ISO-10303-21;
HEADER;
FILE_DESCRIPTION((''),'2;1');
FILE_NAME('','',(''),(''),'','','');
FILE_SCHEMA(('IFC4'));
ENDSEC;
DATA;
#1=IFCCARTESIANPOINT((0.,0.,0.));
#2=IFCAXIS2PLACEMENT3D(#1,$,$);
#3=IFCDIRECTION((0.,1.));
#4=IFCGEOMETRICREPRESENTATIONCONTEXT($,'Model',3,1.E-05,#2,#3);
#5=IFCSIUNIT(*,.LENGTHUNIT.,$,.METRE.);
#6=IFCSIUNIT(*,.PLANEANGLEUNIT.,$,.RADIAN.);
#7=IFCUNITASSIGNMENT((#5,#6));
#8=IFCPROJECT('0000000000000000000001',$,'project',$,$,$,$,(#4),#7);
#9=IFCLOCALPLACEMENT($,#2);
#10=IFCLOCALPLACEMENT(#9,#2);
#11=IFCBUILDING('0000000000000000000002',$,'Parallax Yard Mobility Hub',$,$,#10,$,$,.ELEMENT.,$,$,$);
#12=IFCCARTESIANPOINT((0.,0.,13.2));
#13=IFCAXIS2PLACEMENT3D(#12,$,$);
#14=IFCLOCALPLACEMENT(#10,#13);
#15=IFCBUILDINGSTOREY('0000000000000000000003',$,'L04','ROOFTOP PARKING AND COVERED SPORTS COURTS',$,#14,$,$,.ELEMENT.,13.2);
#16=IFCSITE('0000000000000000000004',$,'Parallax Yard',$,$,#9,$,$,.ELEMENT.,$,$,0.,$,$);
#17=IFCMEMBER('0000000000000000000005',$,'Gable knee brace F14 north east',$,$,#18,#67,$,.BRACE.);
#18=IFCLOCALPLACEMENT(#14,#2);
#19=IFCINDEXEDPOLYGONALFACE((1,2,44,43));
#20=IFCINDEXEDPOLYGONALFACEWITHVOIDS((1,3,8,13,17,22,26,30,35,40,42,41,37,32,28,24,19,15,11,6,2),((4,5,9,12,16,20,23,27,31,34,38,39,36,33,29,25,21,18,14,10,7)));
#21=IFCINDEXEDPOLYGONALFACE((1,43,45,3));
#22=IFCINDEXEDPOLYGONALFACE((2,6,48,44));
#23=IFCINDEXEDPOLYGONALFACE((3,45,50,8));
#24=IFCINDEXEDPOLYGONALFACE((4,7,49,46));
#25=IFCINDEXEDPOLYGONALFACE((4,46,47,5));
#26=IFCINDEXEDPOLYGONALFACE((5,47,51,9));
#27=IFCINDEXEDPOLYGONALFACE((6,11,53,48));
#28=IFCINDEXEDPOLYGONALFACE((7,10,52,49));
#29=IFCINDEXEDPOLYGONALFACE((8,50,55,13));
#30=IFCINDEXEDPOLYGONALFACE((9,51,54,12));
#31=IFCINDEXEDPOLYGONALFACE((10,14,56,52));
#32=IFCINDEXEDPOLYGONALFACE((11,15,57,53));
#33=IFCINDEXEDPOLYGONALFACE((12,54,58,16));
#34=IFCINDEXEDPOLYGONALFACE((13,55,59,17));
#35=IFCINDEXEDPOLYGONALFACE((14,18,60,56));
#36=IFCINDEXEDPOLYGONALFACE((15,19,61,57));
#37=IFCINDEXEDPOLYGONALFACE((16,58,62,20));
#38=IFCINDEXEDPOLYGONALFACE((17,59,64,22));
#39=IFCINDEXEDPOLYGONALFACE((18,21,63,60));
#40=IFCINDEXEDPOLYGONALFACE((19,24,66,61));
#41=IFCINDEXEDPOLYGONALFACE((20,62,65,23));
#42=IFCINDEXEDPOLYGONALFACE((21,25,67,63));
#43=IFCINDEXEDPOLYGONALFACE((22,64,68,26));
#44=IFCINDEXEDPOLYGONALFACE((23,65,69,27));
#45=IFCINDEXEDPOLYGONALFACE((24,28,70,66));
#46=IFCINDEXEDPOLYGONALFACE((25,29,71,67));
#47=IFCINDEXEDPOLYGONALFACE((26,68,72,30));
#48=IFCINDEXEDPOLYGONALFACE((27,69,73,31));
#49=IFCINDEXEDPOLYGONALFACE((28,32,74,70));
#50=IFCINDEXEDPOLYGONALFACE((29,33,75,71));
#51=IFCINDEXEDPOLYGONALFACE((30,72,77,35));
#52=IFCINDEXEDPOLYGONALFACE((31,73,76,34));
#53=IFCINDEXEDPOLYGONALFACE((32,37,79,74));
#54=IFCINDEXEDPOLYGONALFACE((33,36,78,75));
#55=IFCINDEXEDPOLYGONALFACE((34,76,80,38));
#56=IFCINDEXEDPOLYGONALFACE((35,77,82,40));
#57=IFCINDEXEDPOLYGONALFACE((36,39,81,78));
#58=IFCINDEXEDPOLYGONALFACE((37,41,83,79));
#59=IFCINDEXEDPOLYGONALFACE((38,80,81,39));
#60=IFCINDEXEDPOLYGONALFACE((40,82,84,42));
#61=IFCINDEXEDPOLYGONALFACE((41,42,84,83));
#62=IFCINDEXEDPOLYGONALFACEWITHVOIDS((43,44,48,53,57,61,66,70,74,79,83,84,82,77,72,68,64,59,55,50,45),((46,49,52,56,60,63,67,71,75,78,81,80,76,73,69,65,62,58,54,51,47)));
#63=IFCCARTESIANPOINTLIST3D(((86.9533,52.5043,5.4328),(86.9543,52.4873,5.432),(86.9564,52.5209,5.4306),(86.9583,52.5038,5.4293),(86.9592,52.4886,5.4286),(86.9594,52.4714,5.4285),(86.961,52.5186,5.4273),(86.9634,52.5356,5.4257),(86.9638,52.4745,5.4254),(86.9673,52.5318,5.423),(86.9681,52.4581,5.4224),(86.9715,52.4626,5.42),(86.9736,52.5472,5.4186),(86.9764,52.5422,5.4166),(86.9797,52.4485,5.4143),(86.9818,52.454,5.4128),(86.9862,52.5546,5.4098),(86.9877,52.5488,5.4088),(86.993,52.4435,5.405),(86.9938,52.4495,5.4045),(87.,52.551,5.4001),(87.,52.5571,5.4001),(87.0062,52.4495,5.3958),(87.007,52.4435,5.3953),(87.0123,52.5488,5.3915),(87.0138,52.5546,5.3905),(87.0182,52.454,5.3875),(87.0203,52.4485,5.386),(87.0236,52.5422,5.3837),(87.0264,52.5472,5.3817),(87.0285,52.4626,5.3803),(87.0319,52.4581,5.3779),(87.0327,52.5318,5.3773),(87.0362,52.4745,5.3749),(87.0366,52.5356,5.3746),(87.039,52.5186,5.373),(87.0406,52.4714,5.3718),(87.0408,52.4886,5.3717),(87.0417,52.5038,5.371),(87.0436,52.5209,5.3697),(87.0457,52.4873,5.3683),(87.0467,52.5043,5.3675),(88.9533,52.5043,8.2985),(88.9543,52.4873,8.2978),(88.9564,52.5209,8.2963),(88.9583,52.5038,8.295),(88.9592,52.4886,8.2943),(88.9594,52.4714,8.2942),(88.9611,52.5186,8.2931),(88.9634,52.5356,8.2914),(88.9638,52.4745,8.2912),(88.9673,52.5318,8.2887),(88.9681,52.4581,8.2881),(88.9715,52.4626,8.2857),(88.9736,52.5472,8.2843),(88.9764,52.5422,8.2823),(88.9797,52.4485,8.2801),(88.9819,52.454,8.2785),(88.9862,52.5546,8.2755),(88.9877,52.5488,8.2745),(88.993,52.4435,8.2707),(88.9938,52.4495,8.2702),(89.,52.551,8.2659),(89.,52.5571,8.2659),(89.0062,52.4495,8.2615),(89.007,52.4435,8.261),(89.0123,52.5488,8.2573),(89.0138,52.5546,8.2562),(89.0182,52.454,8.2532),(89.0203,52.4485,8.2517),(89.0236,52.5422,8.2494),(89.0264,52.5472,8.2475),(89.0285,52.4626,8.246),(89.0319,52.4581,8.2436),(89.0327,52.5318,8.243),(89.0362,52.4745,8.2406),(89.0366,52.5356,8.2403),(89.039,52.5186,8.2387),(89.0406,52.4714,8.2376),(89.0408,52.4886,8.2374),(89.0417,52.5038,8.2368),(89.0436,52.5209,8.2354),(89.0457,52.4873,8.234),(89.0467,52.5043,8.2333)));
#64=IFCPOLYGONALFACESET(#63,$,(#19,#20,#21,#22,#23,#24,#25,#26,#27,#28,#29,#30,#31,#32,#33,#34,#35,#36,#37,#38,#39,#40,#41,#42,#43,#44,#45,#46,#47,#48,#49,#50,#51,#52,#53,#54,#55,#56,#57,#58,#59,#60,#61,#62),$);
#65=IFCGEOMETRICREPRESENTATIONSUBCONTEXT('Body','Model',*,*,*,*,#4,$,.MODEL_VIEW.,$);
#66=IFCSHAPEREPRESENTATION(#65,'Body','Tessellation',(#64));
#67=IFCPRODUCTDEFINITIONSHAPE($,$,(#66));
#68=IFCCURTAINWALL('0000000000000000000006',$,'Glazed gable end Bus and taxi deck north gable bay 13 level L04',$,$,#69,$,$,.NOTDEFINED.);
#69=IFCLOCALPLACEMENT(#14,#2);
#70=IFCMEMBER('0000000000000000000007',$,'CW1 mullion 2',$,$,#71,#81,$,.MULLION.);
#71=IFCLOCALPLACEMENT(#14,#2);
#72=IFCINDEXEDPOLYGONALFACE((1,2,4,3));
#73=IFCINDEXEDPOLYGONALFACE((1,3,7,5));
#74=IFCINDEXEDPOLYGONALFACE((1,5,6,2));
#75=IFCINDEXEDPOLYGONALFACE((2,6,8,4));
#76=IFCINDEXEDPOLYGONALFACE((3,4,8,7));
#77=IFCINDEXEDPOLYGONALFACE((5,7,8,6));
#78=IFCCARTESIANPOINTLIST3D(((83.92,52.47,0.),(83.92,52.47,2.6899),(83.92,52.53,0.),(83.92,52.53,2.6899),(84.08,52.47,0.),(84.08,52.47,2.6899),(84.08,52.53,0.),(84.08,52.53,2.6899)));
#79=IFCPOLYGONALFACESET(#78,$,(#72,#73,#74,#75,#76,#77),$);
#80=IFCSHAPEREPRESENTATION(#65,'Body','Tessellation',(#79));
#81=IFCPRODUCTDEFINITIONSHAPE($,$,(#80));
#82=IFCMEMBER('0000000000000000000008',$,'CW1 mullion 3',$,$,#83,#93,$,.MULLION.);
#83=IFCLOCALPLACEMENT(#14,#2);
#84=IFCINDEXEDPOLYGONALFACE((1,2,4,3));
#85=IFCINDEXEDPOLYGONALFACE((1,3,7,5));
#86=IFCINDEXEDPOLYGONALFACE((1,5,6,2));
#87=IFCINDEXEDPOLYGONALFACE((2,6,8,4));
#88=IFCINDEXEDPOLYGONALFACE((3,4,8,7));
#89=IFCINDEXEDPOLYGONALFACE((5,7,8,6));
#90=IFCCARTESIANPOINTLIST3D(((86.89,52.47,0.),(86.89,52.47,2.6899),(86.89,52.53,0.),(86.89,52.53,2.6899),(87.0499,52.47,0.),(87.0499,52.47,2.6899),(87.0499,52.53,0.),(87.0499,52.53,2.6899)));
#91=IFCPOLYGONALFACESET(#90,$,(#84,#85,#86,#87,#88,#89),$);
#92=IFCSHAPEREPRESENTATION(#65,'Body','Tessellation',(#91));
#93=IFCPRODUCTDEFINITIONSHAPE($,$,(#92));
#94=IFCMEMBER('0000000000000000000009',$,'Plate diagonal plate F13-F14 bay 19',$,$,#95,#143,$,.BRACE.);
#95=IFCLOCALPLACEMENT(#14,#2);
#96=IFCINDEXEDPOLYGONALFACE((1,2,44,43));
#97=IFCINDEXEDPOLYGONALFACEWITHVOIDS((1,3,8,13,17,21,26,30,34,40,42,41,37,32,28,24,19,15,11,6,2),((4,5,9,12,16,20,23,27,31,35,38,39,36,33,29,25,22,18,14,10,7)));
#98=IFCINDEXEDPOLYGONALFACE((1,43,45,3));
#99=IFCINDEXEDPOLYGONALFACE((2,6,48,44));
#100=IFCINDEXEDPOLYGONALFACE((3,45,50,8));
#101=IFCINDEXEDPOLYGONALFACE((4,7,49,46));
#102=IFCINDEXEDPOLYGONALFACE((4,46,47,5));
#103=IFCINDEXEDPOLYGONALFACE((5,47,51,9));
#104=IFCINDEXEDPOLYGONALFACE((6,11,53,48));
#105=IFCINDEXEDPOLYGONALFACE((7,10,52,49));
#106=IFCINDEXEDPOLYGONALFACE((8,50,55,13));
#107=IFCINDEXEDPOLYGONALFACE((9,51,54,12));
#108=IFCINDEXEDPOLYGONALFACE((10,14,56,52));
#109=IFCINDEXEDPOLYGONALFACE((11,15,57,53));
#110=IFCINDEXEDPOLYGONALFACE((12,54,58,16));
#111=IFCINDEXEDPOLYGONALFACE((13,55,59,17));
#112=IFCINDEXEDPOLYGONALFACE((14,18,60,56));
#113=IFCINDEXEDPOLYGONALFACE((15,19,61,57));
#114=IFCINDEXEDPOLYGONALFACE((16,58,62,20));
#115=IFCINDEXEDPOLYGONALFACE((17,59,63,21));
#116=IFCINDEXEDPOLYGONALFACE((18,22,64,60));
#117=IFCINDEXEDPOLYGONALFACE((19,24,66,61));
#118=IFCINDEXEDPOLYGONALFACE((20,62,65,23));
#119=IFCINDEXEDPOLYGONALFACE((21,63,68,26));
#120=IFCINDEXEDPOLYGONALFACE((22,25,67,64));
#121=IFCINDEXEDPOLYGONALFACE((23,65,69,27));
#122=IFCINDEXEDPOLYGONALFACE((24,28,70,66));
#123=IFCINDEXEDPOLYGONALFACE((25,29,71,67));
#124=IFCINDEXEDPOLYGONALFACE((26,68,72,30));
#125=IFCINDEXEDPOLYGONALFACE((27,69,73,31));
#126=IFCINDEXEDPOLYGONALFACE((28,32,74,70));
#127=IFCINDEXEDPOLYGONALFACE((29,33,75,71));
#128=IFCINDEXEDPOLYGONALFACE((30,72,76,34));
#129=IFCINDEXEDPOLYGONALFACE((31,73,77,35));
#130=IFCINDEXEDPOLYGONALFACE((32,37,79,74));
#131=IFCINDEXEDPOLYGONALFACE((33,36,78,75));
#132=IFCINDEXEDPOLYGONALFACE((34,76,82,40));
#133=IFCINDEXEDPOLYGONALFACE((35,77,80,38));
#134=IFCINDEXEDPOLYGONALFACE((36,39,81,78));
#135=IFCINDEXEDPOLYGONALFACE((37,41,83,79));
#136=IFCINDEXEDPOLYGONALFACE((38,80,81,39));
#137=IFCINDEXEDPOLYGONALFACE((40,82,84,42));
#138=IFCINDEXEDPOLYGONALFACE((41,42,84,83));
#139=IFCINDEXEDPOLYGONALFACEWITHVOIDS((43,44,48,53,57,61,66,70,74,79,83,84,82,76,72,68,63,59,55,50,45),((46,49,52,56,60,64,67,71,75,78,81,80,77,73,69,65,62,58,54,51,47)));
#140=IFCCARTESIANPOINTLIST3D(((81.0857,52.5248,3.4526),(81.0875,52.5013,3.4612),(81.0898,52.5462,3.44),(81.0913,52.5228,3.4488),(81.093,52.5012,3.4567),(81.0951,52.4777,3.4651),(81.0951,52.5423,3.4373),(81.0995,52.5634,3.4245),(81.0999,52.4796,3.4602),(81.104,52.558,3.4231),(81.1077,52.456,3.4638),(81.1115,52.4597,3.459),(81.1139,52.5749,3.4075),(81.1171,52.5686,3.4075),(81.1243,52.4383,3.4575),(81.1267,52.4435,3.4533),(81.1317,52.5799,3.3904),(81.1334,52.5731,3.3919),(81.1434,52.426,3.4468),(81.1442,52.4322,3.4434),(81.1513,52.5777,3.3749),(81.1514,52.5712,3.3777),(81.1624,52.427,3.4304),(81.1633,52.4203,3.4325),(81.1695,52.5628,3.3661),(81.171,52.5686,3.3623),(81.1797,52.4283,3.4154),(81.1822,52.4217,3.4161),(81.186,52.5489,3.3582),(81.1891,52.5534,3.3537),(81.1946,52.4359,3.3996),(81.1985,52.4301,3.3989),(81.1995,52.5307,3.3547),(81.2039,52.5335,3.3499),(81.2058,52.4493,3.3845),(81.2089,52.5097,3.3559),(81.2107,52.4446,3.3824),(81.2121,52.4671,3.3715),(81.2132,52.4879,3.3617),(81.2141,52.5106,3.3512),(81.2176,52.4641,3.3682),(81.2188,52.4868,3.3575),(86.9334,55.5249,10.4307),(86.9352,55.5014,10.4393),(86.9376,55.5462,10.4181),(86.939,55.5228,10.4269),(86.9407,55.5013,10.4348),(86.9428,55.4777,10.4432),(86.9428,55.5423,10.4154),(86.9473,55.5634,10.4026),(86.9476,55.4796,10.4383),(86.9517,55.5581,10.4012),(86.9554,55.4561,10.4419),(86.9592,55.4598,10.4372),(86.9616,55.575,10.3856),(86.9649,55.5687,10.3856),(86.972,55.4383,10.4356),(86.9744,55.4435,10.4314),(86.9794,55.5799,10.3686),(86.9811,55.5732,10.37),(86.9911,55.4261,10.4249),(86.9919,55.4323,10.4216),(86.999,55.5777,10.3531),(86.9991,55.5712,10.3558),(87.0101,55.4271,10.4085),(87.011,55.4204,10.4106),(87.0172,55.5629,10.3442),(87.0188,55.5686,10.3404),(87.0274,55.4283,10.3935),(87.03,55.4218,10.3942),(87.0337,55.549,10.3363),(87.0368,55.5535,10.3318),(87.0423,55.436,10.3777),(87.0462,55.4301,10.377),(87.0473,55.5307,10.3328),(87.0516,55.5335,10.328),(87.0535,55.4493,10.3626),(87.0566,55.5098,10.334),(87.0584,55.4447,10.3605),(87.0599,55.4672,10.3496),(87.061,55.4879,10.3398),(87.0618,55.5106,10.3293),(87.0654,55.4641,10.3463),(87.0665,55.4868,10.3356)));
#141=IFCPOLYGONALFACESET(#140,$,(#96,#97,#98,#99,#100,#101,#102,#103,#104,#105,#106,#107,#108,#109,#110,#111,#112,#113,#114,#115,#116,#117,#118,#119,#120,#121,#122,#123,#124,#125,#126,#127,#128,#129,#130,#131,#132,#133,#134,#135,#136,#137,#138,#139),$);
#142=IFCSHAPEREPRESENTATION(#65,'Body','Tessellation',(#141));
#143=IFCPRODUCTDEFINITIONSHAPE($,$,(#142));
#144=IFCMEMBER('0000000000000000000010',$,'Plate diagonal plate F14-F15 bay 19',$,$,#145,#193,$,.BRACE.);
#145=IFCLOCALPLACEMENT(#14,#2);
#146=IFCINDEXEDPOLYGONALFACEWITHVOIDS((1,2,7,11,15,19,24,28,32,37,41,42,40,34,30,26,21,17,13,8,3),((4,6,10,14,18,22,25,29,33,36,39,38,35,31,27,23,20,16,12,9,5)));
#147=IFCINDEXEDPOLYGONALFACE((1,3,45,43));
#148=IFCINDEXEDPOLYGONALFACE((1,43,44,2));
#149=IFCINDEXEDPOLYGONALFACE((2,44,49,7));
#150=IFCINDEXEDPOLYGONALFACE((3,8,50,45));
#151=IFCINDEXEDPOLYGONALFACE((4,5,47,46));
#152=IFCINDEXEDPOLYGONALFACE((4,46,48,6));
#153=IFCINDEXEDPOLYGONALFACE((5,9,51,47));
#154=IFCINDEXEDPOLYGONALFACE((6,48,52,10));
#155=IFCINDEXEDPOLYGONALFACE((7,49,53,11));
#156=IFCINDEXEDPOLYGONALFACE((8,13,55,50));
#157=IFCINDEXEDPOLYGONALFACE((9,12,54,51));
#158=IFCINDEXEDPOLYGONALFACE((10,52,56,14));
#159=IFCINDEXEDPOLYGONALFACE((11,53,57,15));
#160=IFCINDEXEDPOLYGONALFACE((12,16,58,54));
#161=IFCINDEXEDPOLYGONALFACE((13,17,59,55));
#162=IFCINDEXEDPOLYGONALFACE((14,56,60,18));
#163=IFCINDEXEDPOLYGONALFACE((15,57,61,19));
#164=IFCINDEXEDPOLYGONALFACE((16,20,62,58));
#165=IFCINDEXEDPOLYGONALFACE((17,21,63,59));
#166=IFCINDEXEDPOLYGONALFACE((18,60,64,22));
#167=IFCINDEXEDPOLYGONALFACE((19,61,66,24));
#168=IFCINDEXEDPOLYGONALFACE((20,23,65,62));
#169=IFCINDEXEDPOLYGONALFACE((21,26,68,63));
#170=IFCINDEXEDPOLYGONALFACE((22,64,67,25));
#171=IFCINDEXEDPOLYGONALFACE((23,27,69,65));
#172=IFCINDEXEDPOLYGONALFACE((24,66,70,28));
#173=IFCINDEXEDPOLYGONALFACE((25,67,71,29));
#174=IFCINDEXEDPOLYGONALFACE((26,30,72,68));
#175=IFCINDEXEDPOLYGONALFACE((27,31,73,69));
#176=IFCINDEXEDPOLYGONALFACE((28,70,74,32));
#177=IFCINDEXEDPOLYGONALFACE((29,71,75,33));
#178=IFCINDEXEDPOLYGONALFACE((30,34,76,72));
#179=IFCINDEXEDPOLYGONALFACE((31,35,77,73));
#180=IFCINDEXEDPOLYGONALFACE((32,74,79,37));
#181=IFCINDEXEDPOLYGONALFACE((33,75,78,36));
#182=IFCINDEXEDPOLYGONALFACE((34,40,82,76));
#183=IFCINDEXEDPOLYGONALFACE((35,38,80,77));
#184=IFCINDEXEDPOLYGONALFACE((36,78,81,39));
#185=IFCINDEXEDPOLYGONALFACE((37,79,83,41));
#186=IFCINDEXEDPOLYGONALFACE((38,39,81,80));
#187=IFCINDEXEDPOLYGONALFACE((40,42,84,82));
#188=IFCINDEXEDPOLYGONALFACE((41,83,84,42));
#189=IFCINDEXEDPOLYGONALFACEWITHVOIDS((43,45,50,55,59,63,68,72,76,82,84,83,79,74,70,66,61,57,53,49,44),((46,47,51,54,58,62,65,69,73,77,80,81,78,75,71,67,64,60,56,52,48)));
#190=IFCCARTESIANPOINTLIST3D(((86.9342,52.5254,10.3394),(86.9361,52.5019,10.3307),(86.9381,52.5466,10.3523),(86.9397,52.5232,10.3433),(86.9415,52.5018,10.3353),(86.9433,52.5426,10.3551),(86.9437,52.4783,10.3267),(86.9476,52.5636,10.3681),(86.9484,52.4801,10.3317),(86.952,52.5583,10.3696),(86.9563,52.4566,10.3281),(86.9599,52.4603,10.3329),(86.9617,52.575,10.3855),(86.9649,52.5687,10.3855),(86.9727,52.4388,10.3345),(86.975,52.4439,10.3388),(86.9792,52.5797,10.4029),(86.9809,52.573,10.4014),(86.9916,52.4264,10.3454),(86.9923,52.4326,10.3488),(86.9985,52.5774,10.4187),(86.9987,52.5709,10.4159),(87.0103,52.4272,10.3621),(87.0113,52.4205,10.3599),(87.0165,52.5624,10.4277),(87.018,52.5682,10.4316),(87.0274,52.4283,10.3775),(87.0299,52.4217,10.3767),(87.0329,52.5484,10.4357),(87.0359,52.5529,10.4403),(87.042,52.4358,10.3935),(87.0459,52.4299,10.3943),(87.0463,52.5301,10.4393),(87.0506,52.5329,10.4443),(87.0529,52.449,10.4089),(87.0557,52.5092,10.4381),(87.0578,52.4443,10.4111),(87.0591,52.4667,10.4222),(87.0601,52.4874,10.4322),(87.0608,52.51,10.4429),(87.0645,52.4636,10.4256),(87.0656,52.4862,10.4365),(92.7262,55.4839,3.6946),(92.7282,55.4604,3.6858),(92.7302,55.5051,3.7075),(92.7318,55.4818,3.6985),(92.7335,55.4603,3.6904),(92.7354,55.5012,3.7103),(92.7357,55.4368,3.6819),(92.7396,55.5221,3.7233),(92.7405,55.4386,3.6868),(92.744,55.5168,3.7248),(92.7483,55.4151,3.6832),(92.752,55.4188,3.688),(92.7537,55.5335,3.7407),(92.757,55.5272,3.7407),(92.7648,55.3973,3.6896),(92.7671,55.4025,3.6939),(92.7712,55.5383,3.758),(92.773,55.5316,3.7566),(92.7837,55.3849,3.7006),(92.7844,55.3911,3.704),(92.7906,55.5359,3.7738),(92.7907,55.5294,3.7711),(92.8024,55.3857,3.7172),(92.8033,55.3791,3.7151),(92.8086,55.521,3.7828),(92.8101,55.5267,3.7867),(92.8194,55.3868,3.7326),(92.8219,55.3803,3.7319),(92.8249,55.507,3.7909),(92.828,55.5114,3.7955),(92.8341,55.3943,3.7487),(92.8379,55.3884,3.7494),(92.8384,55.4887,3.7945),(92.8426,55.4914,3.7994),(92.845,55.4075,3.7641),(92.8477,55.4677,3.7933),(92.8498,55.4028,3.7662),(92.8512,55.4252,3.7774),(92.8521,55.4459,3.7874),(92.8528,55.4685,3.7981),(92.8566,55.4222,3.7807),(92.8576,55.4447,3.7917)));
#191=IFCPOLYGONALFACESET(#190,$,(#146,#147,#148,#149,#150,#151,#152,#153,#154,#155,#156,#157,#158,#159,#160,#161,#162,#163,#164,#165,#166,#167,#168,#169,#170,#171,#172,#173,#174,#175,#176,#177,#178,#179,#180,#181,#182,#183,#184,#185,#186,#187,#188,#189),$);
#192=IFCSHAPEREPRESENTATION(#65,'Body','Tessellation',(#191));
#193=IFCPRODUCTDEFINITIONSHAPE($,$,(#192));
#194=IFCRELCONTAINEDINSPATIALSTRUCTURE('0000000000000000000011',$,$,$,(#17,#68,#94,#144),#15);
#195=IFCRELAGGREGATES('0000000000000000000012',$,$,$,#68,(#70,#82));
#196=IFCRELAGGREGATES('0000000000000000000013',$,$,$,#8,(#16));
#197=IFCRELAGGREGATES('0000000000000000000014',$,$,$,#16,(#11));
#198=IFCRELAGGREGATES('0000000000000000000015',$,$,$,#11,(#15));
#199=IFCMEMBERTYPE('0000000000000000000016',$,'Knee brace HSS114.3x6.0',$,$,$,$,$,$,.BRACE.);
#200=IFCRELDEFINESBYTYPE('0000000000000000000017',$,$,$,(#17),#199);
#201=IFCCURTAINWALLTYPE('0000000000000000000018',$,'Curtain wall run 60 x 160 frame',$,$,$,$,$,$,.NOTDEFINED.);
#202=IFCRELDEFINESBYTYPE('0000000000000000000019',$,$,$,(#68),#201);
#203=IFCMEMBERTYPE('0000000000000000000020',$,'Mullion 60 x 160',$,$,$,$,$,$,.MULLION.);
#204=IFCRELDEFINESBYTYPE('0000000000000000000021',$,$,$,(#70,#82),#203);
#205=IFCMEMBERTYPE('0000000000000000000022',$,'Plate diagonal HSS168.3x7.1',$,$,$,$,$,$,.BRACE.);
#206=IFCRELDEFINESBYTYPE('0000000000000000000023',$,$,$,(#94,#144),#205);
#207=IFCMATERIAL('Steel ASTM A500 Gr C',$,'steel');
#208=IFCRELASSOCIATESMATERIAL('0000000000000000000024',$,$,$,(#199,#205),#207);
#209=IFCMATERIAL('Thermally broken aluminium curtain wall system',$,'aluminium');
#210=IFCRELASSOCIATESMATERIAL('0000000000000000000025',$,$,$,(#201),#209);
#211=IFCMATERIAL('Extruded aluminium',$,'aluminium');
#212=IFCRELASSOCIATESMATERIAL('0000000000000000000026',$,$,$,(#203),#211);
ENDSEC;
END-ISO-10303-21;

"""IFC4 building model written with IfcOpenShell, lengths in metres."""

from ifc_helpers import new_model, si_unit, direction, frame, origin, origin_2d, place, context, subcontext, project, spatial, rectangle, hollow_circle, extrude, material, material_profile, profile_set, type_object, element, aggregate, save


model = new_model("IFC4")

# Units and contexts
model_context = context("Model", 3, precision=1e-05, world=origin(), true_north=direction((0.0, 1.0)))
body_context = subcontext(model_context, "Body", "Model", "MODEL_VIEW")
ifc_project = project(units=[si_unit("LENGTHUNIT", "METRE"), si_unit("PLANEANGLEUNIT", "RADIAN")], contexts=[model_context])

# Site, building, storey
site_placement = place(None, origin())
site = spatial("IfcSite", under=ifc_project, at=site_placement, Name="Parallax Yard", CompositionType="ELEMENT", RefElevation=0.0)
building_placement = place(site_placement, origin())
building = spatial("IfcBuilding", under=site, at=building_placement, Name="Parallax Yard Mobility Hub", CompositionType="ELEMENT")
storey_placement = place(building_placement, frame((0.0, 0.0, 13.2)))
storey = spatial("IfcBuildingStorey", under=building, at=storey_placement, Name="L04", Description="ROOFTOP PARKING AND COVERED SPORTS COURTS", CompositionType="ELEMENT", Elevation=13.2)

# Member
ifc_material_1 = material(Name="Steel ASTM A500 Gr C", Category="steel")
ifc_material_profile_1 = material_profile(ifc_material_1, hollow_circle(Radius=0.0571, WallThickness=0.0061, at=origin_2d()), Name="HSS114.3x6.0")
ifc_profile_set_1 = profile_set([ifc_material_profile_1], Name="Steel ASTM A500 Gr C")
member_type_1 = type_object("IfcMemberType", Name="Knee brace HSS114.3x6.0", PredefinedType="BRACE", material=ifc_profile_set_1)
for number, where, z_axis, x_axis, name in (
    (1, (87.0, 52.5, 5.4001), (0.572308, 0.0, 0.820039), (0.0, 1.0, 0.0), "Gable knee brace F14 north east"),
):
    element("IfcMember", number, at=place(storey_placement, frame(where, z_axis=z_axis, x_axis=x_axis)), inside=storey, type_object=member_type_1, Name=name, PredefinedType="BRACE", context=body_context, shape_type="SweptSolid", body=[
        extrude(hollow_circle(Radius=0.0571, WallThickness=0.0061, at=origin_2d()), origin(), (0.0, 0.0, 1.0), 3.4946),
    ])

# Curtain wall, members
ifc_material_2 = material(Name="Thermally broken aluminium curtain wall system", Category="aluminium")
curtain_wall_type = type_object("IfcCurtainWallType", Name="Curtain wall run 60 x 160 frame", PredefinedType="NOTDEFINED", material=ifc_material_2)
curtain_wall_placement = place(storey_placement, origin())
curtain_wall = element("IfcCurtainWall", 2, at=curtain_wall_placement, inside=storey, type_object=curtain_wall_type, Name="Glazed gable end Bus and taxi deck north gable bay 13 level L04", PredefinedType="NOTDEFINED")
ifc_material_3 = material(Name="Extruded aluminium", Category="aluminium")
ifc_material_profile_2 = material_profile(ifc_material_3, rectangle(XDim=0.0601, YDim=0.1599, at=origin_2d()), Name="Mullion 60 x 160")
ifc_profile_set_2 = profile_set([ifc_material_profile_2], Name="Extruded aluminium")
member_type_2 = type_object("IfcMemberType", Name="Mullion 60 x 160", PredefinedType="MULLION", material=ifc_profile_set_2)
member_1_placement = place(storey_placement, frame((84.0, 52.5, 0.0), z_axis=(0.0, 0.0, 1.0), x_axis=(0.0, 1.0, 0.0)))
member_1 = element("IfcMember", 3, at=member_1_placement, type_object=member_type_2, Name="CW1 mullion 2", PredefinedType="MULLION", context=body_context, shape_type="SweptSolid", body=[
    extrude(rectangle(XDim=0.0601, YDim=0.1599, at=origin_2d()), origin(), (0.0, 0.0, 1.0), 2.6899),
])
member_2_placement = place(storey_placement, frame((86.97, 52.5, 0.0), z_axis=(0.0, 0.0, 1.0), x_axis=(0.0, 1.0, 0.0)))
member_2 = element("IfcMember", 4, at=member_2_placement, type_object=member_type_2, Name="CW1 mullion 3", PredefinedType="MULLION", context=body_context, shape_type="SweptSolid", body=[
    extrude(rectangle(XDim=0.0601, YDim=0.1599, at=origin_2d()), origin(), (0.0, 0.0, 1.0), 2.6899),
])

# Members
ifc_material_profile_3 = material_profile(ifc_material_1, hollow_circle(Radius=0.0842, WallThickness=0.0071, at=origin_2d()), Name="HSS168.3x7.1")
ifc_profile_set_3 = profile_set([ifc_material_profile_3], Name="Steel ASTM A500 Gr C")
member_type_3 = type_object("IfcMemberType", Name="Plate diagonal HSS168.3x7.1", PredefinedType="BRACE", material=ifc_profile_set_3)
member_3_placement = place(storey_placement, frame((81.1523, 52.5, 3.4075), z_axis=(0.610032, 0.312962, 0.727953), x_axis=(-0.456461, 0.889743, 0.0)))
element("IfcMember", 5, at=member_3_placement, inside=storey, type_object=member_type_3, Name="Plate diagonal plate F13-F14 bay 19", PredefinedType="BRACE", context=body_context, shape_type="SweptSolid", body=[
    extrude(hollow_circle(Radius=0.0842, WallThickness=0.0071, at=origin_2d()), origin(), (0.0, 0.0, 1.0), 9.5859),
])
member_4_placement = place(storey_placement, frame((87.0, 52.5, 10.3855), z_axis=(0.622928, 0.318186, -0.714645), x_axis=(-0.454885, 0.89055, 0.0)))
element("IfcMember", 6, at=member_4_placement, inside=storey, type_object=member_type_3, Name="Plate diagonal plate F14-F15 bay 19", PredefinedType="BRACE", context=body_context, shape_type="SweptSolid", body=[
    extrude(hollow_circle(Radius=0.0842, WallThickness=0.0071, at=origin_2d()), origin(), (0.0, 0.0, 1.0), 9.2981),
])

aggregate(curtain_wall, [member_1, member_2])

save(model, "model.ifc")
